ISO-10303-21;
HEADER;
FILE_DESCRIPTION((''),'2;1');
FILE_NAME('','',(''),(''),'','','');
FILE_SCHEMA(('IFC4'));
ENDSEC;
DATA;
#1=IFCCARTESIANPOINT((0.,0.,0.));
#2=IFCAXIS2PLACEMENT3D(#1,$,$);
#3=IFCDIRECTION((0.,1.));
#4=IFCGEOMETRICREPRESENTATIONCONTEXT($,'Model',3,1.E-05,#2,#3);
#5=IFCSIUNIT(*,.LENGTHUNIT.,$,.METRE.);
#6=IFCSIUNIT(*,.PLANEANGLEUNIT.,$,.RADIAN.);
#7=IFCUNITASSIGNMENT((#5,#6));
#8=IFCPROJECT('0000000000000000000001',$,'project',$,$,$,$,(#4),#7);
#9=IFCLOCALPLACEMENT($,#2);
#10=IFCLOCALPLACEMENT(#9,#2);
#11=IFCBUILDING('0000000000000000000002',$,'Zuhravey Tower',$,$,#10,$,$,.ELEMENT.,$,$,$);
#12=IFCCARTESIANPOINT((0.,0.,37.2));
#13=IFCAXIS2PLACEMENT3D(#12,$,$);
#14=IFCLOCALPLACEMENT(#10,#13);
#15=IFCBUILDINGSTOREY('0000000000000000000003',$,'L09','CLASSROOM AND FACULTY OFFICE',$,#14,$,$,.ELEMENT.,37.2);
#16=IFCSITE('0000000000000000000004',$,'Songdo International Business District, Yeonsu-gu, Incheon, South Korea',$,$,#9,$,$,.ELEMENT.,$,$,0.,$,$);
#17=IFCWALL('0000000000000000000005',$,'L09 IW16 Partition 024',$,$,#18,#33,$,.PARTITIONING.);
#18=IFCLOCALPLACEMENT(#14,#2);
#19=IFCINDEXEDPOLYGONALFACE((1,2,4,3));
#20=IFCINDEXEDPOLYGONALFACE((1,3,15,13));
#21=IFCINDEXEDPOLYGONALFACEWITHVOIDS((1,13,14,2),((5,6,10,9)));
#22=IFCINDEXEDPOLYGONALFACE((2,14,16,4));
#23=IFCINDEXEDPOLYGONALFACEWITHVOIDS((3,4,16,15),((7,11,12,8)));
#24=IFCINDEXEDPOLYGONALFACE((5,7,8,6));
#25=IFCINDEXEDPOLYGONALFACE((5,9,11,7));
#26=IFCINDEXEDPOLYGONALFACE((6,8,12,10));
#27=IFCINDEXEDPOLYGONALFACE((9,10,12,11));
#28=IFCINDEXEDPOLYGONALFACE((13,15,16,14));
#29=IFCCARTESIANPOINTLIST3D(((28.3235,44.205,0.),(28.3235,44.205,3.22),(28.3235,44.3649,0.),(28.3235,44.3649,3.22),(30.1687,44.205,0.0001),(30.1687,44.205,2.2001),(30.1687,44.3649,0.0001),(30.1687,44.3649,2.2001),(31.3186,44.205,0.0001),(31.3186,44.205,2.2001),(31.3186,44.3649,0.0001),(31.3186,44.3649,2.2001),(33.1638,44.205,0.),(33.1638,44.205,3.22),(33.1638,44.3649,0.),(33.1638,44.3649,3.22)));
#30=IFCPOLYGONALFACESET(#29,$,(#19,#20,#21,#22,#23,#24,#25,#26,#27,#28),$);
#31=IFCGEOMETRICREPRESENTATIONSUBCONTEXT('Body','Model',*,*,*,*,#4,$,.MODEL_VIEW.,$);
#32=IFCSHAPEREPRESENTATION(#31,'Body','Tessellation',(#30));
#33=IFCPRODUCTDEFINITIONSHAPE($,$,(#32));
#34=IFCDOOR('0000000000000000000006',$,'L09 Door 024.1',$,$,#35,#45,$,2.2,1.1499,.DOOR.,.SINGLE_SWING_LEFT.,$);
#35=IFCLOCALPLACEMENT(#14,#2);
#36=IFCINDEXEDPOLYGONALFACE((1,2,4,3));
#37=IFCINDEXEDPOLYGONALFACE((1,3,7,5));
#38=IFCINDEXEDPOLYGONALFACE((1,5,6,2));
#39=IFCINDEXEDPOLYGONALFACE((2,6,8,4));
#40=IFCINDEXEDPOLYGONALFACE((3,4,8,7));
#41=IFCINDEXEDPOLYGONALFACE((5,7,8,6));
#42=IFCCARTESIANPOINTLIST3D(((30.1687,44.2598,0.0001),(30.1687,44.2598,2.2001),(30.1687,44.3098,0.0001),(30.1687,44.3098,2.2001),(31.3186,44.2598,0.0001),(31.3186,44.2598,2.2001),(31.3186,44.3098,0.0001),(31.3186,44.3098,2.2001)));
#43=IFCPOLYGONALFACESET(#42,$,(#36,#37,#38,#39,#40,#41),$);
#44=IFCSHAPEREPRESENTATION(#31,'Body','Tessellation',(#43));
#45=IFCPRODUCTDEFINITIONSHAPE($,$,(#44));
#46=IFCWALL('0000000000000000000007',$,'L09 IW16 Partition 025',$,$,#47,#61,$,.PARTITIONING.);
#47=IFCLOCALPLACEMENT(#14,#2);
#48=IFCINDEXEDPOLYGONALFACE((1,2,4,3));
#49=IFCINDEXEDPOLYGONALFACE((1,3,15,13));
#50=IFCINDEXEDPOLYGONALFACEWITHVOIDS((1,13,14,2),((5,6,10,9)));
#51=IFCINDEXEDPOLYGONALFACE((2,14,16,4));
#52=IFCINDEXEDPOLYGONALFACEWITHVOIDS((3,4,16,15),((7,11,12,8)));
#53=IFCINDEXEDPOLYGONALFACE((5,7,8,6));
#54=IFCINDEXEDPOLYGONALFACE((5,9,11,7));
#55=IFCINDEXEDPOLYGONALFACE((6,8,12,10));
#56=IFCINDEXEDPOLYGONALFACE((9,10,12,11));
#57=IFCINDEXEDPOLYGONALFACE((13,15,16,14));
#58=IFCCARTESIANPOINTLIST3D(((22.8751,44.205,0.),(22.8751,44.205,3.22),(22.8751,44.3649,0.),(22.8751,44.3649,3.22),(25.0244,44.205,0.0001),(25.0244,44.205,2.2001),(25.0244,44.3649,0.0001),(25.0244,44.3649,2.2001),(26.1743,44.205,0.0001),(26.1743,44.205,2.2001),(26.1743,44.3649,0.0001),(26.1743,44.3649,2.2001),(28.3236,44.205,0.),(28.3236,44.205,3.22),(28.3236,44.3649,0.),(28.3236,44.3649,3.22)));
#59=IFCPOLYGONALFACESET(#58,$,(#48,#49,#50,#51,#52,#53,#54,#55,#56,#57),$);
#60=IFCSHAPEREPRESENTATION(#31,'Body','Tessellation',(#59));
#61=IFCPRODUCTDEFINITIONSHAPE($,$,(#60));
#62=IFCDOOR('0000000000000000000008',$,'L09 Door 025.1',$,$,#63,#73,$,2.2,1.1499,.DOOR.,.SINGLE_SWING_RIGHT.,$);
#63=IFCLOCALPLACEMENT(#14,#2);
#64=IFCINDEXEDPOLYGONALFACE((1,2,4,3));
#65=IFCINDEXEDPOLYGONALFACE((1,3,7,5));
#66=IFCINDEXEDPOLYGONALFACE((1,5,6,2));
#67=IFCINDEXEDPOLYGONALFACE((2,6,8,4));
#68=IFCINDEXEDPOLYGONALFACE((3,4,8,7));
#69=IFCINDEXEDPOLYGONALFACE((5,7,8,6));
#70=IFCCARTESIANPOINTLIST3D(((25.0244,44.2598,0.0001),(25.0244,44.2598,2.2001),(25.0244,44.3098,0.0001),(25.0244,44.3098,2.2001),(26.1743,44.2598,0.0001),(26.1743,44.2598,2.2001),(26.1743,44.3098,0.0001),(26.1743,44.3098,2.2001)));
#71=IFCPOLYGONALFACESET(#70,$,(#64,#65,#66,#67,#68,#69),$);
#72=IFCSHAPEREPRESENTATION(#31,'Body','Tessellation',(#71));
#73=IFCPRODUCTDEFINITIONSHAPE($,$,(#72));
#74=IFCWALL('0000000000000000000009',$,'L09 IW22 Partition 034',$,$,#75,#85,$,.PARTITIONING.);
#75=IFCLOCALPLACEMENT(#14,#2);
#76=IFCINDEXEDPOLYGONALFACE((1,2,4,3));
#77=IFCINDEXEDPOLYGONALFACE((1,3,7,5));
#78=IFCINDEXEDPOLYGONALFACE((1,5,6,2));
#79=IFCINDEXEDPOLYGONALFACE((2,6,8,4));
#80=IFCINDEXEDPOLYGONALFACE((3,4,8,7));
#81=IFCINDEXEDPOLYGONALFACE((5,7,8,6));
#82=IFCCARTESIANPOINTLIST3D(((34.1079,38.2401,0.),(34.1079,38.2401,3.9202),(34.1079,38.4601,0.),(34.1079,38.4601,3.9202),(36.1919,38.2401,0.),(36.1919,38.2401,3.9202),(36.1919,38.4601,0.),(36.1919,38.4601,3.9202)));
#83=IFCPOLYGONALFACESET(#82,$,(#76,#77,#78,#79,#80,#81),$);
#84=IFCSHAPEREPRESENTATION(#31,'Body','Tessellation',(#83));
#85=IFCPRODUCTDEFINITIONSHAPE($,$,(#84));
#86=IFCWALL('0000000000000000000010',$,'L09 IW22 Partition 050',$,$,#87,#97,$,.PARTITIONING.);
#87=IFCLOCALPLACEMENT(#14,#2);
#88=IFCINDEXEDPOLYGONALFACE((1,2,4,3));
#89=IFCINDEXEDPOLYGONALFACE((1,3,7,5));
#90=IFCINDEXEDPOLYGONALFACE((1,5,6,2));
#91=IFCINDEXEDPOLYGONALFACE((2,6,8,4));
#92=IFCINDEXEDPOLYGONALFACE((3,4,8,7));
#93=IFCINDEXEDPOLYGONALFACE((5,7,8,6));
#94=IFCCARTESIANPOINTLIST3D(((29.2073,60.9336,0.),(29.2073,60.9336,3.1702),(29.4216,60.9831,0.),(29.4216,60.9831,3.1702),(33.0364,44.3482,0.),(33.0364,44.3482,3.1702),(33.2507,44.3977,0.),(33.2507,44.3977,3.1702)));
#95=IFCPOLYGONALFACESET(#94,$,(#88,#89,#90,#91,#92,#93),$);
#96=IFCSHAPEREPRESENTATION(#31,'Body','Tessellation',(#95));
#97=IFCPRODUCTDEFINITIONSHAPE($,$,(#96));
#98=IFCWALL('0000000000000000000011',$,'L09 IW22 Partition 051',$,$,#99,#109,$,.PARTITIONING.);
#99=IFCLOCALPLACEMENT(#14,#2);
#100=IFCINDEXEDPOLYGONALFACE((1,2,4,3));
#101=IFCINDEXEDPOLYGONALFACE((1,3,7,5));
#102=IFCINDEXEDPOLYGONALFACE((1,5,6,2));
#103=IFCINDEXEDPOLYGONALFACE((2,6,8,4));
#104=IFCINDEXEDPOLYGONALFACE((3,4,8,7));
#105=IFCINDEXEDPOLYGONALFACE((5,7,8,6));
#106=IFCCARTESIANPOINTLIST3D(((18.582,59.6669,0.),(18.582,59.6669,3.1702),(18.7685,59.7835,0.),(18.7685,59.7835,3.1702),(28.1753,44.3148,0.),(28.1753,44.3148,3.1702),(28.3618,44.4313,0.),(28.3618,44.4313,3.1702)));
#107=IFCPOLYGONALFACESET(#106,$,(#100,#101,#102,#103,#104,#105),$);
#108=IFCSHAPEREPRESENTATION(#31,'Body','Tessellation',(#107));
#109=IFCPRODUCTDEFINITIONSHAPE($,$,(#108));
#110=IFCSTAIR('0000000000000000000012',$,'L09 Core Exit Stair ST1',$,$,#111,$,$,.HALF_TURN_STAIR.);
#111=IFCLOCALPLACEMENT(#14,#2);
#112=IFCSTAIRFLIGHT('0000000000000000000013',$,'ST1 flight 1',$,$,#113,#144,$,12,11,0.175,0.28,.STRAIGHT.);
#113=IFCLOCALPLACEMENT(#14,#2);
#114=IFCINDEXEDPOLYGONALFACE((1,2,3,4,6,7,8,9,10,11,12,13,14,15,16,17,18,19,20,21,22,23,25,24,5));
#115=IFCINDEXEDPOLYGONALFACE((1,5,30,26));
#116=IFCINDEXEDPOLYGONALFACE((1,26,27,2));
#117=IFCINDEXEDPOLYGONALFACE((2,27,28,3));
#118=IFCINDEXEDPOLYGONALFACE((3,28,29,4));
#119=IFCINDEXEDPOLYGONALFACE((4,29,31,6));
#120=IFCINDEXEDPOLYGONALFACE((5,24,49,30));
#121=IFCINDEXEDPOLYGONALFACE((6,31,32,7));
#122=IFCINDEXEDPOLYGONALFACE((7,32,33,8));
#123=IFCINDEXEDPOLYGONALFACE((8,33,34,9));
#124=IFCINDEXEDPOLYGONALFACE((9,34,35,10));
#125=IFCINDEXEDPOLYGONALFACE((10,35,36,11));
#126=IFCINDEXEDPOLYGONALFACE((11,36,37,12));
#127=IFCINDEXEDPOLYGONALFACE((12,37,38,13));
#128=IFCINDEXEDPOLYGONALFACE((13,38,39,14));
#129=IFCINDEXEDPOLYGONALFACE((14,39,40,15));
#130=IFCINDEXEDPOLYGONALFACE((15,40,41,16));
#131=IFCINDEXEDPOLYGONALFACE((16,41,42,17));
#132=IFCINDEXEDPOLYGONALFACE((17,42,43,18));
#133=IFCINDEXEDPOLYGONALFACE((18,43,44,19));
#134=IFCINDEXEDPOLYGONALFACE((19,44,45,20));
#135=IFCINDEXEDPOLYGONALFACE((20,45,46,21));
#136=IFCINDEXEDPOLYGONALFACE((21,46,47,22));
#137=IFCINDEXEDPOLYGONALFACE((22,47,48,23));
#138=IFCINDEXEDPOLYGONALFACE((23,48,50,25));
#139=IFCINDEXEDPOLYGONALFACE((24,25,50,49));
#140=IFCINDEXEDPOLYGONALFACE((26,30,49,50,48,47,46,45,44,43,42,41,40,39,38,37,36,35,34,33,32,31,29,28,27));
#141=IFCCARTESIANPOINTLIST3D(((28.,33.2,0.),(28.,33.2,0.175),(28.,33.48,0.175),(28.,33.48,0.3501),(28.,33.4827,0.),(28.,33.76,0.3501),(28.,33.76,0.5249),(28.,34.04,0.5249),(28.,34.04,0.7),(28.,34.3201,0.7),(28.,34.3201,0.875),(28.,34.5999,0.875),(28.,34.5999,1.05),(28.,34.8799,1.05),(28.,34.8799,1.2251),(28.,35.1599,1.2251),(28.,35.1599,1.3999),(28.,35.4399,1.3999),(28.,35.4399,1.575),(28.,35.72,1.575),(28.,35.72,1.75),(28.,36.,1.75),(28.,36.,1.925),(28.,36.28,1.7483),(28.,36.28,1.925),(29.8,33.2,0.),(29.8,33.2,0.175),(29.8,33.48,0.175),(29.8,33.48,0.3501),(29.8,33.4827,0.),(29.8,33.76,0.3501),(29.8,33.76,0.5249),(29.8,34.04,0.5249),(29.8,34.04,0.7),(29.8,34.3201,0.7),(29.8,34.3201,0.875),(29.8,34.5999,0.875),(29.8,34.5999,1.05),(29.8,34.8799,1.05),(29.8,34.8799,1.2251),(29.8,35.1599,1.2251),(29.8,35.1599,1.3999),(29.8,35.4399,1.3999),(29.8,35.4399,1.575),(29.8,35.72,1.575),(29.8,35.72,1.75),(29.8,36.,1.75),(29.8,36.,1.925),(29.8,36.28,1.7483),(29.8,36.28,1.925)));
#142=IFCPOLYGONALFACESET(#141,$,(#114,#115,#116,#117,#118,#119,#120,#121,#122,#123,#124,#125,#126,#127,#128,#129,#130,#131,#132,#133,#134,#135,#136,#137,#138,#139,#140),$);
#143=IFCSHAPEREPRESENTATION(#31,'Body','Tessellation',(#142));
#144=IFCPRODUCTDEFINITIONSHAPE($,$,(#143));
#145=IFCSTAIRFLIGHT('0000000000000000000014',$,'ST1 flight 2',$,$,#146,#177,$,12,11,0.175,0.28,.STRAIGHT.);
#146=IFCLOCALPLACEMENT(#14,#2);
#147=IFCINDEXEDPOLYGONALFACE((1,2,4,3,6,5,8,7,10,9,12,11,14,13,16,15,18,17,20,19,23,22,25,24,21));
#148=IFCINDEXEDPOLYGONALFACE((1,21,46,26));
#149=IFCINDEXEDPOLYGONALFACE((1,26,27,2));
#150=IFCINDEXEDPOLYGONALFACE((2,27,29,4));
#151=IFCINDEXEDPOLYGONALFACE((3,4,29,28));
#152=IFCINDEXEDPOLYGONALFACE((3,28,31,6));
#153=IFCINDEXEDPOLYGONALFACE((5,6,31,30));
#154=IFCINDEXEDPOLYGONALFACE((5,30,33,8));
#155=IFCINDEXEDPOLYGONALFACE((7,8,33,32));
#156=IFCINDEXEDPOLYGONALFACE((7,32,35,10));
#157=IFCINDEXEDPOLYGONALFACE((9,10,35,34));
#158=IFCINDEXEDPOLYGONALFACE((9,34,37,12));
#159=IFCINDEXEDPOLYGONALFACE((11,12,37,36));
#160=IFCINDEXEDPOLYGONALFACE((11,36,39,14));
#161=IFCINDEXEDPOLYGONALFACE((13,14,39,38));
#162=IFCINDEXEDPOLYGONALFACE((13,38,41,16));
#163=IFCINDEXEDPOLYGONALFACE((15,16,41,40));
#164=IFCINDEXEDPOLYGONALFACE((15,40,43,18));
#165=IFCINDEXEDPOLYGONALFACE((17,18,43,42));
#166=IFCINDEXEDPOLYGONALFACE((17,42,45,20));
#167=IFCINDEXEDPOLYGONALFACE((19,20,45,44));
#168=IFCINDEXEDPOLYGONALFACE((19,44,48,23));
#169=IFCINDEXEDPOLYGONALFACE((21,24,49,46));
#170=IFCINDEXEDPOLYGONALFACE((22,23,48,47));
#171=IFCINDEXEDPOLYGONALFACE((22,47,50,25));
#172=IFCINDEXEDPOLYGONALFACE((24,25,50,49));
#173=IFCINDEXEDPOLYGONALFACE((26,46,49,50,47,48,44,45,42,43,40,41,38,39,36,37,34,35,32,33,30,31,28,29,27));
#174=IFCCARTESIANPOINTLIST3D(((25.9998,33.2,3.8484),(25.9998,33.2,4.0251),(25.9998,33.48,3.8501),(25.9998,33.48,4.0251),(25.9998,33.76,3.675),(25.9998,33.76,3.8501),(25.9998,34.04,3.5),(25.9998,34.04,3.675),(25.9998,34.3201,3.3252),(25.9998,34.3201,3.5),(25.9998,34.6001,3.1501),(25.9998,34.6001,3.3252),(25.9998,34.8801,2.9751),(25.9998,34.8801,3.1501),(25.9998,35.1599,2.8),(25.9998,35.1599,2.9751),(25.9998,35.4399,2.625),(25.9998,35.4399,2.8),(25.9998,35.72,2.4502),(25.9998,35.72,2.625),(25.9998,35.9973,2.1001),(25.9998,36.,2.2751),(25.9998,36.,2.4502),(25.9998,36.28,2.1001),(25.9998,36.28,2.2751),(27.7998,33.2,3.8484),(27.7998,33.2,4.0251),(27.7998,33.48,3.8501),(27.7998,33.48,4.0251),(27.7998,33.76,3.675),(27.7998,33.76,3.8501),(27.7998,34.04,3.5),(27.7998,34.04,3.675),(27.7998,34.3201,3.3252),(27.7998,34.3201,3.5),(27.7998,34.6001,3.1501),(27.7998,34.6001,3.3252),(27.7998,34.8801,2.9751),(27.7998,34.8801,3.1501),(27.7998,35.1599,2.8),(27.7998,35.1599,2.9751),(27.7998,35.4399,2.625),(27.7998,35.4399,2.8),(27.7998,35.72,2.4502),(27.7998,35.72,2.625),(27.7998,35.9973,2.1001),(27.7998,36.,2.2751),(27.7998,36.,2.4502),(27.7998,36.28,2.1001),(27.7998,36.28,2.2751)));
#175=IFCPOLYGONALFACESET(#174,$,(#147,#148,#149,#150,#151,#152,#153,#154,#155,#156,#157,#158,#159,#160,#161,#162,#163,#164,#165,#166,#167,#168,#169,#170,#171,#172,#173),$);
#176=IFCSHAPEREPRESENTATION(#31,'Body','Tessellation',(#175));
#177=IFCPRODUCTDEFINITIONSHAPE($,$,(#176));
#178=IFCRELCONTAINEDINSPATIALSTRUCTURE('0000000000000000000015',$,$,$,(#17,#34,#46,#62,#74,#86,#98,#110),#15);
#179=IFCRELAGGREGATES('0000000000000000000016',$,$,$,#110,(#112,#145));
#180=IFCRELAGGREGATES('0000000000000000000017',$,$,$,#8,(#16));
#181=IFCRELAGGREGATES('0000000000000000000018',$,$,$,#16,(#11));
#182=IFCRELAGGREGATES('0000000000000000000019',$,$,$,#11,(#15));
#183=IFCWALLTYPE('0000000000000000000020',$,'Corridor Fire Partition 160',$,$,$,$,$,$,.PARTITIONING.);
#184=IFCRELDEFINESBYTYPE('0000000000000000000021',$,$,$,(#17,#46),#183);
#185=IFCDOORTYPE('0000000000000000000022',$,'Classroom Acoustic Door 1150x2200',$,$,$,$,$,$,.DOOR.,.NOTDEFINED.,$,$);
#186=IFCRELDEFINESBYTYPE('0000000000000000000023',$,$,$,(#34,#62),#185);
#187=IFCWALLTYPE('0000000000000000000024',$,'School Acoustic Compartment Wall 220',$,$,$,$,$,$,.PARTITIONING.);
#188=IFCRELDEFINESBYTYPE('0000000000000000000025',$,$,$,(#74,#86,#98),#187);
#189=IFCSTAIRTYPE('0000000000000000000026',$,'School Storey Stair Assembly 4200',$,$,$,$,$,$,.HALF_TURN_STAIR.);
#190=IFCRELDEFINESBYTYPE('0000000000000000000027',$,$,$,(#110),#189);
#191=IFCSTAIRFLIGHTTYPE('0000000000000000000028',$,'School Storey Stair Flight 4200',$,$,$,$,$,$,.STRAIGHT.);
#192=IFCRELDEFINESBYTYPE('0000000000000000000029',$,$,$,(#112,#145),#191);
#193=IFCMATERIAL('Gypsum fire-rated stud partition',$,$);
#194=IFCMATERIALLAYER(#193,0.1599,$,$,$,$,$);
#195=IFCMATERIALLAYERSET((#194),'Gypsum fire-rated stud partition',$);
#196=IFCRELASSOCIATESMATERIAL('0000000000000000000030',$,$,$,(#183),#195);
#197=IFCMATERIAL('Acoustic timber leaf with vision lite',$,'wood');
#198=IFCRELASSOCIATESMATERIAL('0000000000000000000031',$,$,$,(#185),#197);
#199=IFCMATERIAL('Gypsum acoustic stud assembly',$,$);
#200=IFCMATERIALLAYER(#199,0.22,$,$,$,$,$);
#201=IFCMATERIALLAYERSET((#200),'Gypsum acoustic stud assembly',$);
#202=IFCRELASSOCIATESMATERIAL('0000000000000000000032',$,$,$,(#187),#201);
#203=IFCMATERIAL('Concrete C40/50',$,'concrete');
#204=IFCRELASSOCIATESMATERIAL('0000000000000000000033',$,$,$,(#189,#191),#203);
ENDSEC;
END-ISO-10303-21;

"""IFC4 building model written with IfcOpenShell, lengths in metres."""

from ifc_helpers import new_model, si_unit, direction, frame, frame_2d, origin, place, context, subcontext, project, spatial, polyline, rectangle, outline, extrude, material, layer, layer_set, type_object, element, fill, aggregate, save


model = new_model("IFC4")

# Units and contexts
model_context = context("Model", 3, precision=1e-05, world=origin(), true_north=direction((0.0, 1.0)))
body_context = subcontext(model_context, "Body", "Model", "MODEL_VIEW")
ifc_project = project(units=[si_unit("LENGTHUNIT", "METRE"), si_unit("PLANEANGLEUNIT", "RADIAN")], contexts=[model_context])

# Site, building, storey
site_placement = place(None, origin())
site = spatial("IfcSite", under=ifc_project, at=site_placement, Name="Songdo International Business District, Yeonsu-gu, Incheon, South Korea", CompositionType="ELEMENT", RefElevation=0.0)
building_placement = place(site_placement, origin())
building = spatial("IfcBuilding", under=site, at=building_placement, Name="Zuhravey Tower", CompositionType="ELEMENT")
storey_placement = place(building_placement, frame((0.0, 0.0, 37.2)))
storey = spatial("IfcBuildingStorey", under=building, at=storey_placement, Name="L09", Description="CLASSROOM AND FACULTY OFFICE", CompositionType="ELEMENT", Elevation=37.2)

# Walls, openings, doors
ifc_material_1 = material(Name="Gypsum fire-rated stud partition")
ifc_layer_1 = layer(ifc_material_1, 0.1599)
ifc_layer_set_1 = layer_set([ifc_layer_1], Name="Gypsum fire-rated stud partition")
wall_type_1 = type_object("IfcWallType", Name="Corridor Fire Partition 160", PredefinedType="PARTITIONING", material=ifc_layer_set_1)
wall_1_placement = place(storey_placement, frame((33.1638, 44.2849, 0.0), z_axis=(0.0, 0.0, 1.0), x_axis=(-1.0, 0.0, 0.0)))
wall_1 = element("IfcWall", 1, at=wall_1_placement, inside=storey, type_object=wall_type_1, Name="L09 IW16 Partition 024", PredefinedType="PARTITIONING", context=body_context, shape_type="SweptSolid", body=[
    extrude(rectangle(XDim=4.8403, YDim=0.1599, at=frame_2d((2.4202, 0.0))), origin(), (0.0, 0.0, 1.0), 3.22),
])
opening_1_placement = place(wall_1_placement, frame((1.8452, 0.0, 0.0)))
opening_1 = element("IfcOpeningElement", 2, at=opening_1_placement, cuts=wall_1, PredefinedType="OPENING", context=body_context, shape_type="SweptSolid", body=[
    extrude(rectangle(XDim=1.1499, YDim=2.2, at=frame_2d((0.575, 1.1001))), frame((0.0, 0.092, 0.0), z_axis=(0.0, -1.0, 0.0), x_axis=(1.0, 0.0, 0.0)), (0.0, 0.0, 1.0), 0.1838),
])
ifc_material_2 = material(Name="Acoustic timber leaf with vision lite", Category="wood")
door_type = type_object("IfcDoorType", Name="Classroom Acoustic Door 1150x2200", OperationType="NOTDEFINED", PredefinedType="DOOR", material=ifc_material_2)
door_1_placement = place(opening_1_placement, frame((1.1499, 0.0, 0.0), z_axis=(0.0, 0.0, 1.0), x_axis=(-1.0, 0.0, 0.0)))
door_1 = element("IfcDoor", 3, at=door_1_placement, inside=storey, type_object=door_type, Name="L09 Door 024.1", OperationType="SINGLE_SWING_LEFT", OverallHeight=2.2, OverallWidth=1.1499, PredefinedType="DOOR", context=body_context, shape_type="SweptSolid", body=[
    extrude(rectangle(XDim=1.1499, YDim=2.2, at=frame_2d((0.575, 1.1001))), frame((0.0, 0.0249, 0.0), z_axis=(0.0, -1.0, 0.0), x_axis=(1.0, 0.0, 0.0)), (0.0, 0.0, 1.0), 0.05),
])
fill(opening_1, door_1)
wall_2_placement = place(storey_placement, frame((28.3235, 44.2849, 0.0), z_axis=(0.0, 0.0, 1.0), x_axis=(-1.0, 0.0, 0.0)))
wall_2 = element("IfcWall", 4, at=wall_2_placement, inside=storey, type_object=wall_type_1, Name="L09 IW16 Partition 025", PredefinedType="PARTITIONING", context=body_context, shape_type="SweptSolid", body=[
    extrude(rectangle(XDim=5.4485, YDim=0.1599, at=frame_2d((2.7241, 0.0))), origin(), (0.0, 0.0, 1.0), 3.22),
])
opening_2_placement = place(wall_2_placement, frame((2.1492, 0.0, 0.0)))
opening_2 = element("IfcOpeningElement", 5, at=opening_2_placement, cuts=wall_2, PredefinedType="OPENING", context=body_context, shape_type="SweptSolid", body=[
    extrude(rectangle(XDim=1.1499, YDim=2.2, at=frame_2d((0.575, 1.1001))), frame((0.0, 0.092, 0.0), z_axis=(0.0, -1.0, 0.0), x_axis=(1.0, 0.0, 0.0)), (0.0, 0.0, 1.0), 0.1838),
])
door_2_placement = place(opening_2_placement, frame((1.1499, 0.0, 0.0), z_axis=(0.0, 0.0, 1.0), x_axis=(-1.0, 0.0, 0.0)))
door_2 = element("IfcDoor", 6, at=door_2_placement, inside=storey, type_object=door_type, Name="L09 Door 025.1", OperationType="SINGLE_SWING_RIGHT", OverallHeight=2.2, OverallWidth=1.1499, PredefinedType="DOOR", context=body_context, shape_type="SweptSolid", body=[
    extrude(rectangle(XDim=1.1499, YDim=2.2, at=frame_2d((0.575, 1.1001))), frame((0.0, 0.0249, 0.0), z_axis=(0.0, -1.0, 0.0), x_axis=(1.0, 0.0, 0.0)), (0.0, 0.0, 1.0), 0.05),
])
fill(opening_2, door_2)

# Walls
ifc_material_3 = material(Name="Gypsum acoustic stud assembly")
ifc_layer_2 = layer(ifc_material_3, 0.22)
ifc_layer_set_2 = layer_set([ifc_layer_2], Name="Gypsum acoustic stud assembly")
wall_type_2 = type_object("IfcWallType", Name="School Acoustic Compartment Wall 220", PredefinedType="PARTITIONING", material=ifc_layer_set_2)
wall_3_placement = place(storey_placement, frame((34.1079, 38.3501, 0.0), z_axis=(0.0, 0.0, 1.0), x_axis=(1.0, 0.0, 0.0)))
element("IfcWall", 7, at=wall_3_placement, inside=storey, type_object=wall_type_2, Name="L09 IW22 Partition 034", PredefinedType="PARTITIONING", context=body_context, shape_type="SweptSolid", body=[
    extrude(rectangle(XDim=2.084, YDim=0.22, at=frame_2d((1.042, 0.0))), origin(), (0.0, 0.0, 1.0), 3.9202),
])
wall_4_placement = place(storey_placement, frame((33.1436, 44.373, 0.0), z_axis=(0.0, 0.0, 1.0), x_axis=(-0.224954, 0.974369, 0.0)))
element("IfcWall", 8, at=wall_4_placement, inside=storey, type_object=wall_type_2, Name="L09 IW22 Partition 050", PredefinedType="PARTITIONING", context=body_context, shape_type="SweptSolid", body=[
    extrude(rectangle(XDim=17.0217, YDim=0.22, at=frame_2d((8.5107, 0.0))), origin(), (0.0, 0.0, 1.0), 3.1702),
])
wall_5_placement = place(storey_placement, frame((28.2686, 44.373, 0.0), z_axis=(0.0, 0.0, 1.0), x_axis=(-0.529929, 0.848042, 0.0)))
element("IfcWall", 9, at=wall_5_placement, inside=storey, type_object=wall_type_2, Name="L09 IW22 Partition 051", PredefinedType="PARTITIONING", context=body_context, shape_type="SweptSolid", body=[
    extrude(rectangle(XDim=18.103, YDim=0.22, at=frame_2d((9.0515, 0.0))), origin(), (0.0, 0.0, 1.0), 3.1702),
])

# Stair, stair flights
ifc_material_4 = material(Name="Concrete C40/50", Category="concrete")
stair_type = type_object("IfcStairType", Name="School Storey Stair Assembly 4200", PredefinedType="HALF_TURN_STAIR", material=ifc_material_4)
stair_1_placement = place(storey_placement, origin())
stair_1 = element("IfcStair", 10, at=stair_1_placement, inside=storey, type_object=stair_type, Name="L09 Core Exit Stair ST1", PredefinedType="HALF_TURN_STAIR")
stair_flight_type = type_object("IfcStairFlightType", Name="School Storey Stair Flight 4200", PredefinedType="STRAIGHT", material=ifc_material_4)
stair_flight_1_placement = place(storey_placement, frame((28.8999, 33.2, 0.0), z_axis=(0.0, 0.0, 1.0), x_axis=(0.0, 1.0, 0.0)))
stair_flight_1 = element("IfcStairFlight", 11, at=stair_flight_1_placement, type_object=stair_flight_type, Name="ST1 flight 1", NumberOfRisers=12, NumberOfTreads=11, PredefinedType="STRAIGHT", RiserHeight=0.175, TreadLength=0.28, context=body_context, shape_type="SweptSolid", body=[
    extrude(outline(polyline([(0.0, 0.0), (0.0, 0.175), (0.28, 0.175), (0.28, 0.3501), (0.5601, 0.3501), (0.5601, 0.5249), (0.8401, 0.5249), (0.8401, 0.7), (1.1201, 0.7), (1.1201, 0.875), (1.3999, 0.875), (1.3999, 1.05), (1.6799, 1.05), (1.6799, 1.2251), (1.96, 1.2251), (1.96, 1.3999), (2.24, 1.3999), (2.24, 1.575), (2.52, 1.575), (2.52, 1.75), (2.8, 1.75), (2.8, 1.925), (3.0801, 1.925), (3.0801, 2.1001), (3.0801, 1.7483), (0.2827, 0.0), (0.0, 0.0)])), frame((0.0, 0.8999, 0.0), z_axis=(0.0, -1.0, 0.0), x_axis=(1.0, 0.0, 0.0)), (0.0, 0.0, 1.0), 1.8),
])
stair_flight_2_placement = place(storey_placement, frame((26.8999, 36.28, 2.1001), z_axis=(0.0, 0.0, 1.0), x_axis=(0.0, -1.0, 0.0)))
stair_flight_2 = element("IfcStairFlight", 12, at=stair_flight_2_placement, type_object=stair_flight_type, Name="ST1 flight 2", NumberOfRisers=12, NumberOfTreads=11, PredefinedType="STRAIGHT", RiserHeight=0.175, TreadLength=0.28, context=body_context, shape_type="SweptSolid", body=[
    extrude(outline(polyline([(0.0, 0.0), (0.0, 0.175), (0.28, 0.175), (0.28, 0.3501), (0.5601, 0.3501), (0.5601, 0.5249), (0.8401, 0.5249), (0.8401, 0.7), (1.1201, 0.7), (1.1201, 0.875), (1.3999, 0.875), (1.3999, 1.05), (1.6799, 1.05), (1.6799, 1.2251), (1.96, 1.2251), (1.96, 1.3999), (2.24, 1.3999), (2.24, 1.575), (2.52, 1.575), (2.52, 1.75), (2.8, 1.75), (2.8, 1.925), (3.0801, 1.925), (3.0801, 2.1001), (3.0801, 1.7483), (0.2827, 0.0), (0.0, 0.0)])), frame((0.0, 0.8999, 0.0), z_axis=(0.0, -1.0, 0.0), x_axis=(1.0, 0.0, 0.0)), (0.0, 0.0, 1.0), 1.8),
])
aggregate(stair_1, [stair_flight_1, stair_flight_2])

save(model, "model.ifc")
